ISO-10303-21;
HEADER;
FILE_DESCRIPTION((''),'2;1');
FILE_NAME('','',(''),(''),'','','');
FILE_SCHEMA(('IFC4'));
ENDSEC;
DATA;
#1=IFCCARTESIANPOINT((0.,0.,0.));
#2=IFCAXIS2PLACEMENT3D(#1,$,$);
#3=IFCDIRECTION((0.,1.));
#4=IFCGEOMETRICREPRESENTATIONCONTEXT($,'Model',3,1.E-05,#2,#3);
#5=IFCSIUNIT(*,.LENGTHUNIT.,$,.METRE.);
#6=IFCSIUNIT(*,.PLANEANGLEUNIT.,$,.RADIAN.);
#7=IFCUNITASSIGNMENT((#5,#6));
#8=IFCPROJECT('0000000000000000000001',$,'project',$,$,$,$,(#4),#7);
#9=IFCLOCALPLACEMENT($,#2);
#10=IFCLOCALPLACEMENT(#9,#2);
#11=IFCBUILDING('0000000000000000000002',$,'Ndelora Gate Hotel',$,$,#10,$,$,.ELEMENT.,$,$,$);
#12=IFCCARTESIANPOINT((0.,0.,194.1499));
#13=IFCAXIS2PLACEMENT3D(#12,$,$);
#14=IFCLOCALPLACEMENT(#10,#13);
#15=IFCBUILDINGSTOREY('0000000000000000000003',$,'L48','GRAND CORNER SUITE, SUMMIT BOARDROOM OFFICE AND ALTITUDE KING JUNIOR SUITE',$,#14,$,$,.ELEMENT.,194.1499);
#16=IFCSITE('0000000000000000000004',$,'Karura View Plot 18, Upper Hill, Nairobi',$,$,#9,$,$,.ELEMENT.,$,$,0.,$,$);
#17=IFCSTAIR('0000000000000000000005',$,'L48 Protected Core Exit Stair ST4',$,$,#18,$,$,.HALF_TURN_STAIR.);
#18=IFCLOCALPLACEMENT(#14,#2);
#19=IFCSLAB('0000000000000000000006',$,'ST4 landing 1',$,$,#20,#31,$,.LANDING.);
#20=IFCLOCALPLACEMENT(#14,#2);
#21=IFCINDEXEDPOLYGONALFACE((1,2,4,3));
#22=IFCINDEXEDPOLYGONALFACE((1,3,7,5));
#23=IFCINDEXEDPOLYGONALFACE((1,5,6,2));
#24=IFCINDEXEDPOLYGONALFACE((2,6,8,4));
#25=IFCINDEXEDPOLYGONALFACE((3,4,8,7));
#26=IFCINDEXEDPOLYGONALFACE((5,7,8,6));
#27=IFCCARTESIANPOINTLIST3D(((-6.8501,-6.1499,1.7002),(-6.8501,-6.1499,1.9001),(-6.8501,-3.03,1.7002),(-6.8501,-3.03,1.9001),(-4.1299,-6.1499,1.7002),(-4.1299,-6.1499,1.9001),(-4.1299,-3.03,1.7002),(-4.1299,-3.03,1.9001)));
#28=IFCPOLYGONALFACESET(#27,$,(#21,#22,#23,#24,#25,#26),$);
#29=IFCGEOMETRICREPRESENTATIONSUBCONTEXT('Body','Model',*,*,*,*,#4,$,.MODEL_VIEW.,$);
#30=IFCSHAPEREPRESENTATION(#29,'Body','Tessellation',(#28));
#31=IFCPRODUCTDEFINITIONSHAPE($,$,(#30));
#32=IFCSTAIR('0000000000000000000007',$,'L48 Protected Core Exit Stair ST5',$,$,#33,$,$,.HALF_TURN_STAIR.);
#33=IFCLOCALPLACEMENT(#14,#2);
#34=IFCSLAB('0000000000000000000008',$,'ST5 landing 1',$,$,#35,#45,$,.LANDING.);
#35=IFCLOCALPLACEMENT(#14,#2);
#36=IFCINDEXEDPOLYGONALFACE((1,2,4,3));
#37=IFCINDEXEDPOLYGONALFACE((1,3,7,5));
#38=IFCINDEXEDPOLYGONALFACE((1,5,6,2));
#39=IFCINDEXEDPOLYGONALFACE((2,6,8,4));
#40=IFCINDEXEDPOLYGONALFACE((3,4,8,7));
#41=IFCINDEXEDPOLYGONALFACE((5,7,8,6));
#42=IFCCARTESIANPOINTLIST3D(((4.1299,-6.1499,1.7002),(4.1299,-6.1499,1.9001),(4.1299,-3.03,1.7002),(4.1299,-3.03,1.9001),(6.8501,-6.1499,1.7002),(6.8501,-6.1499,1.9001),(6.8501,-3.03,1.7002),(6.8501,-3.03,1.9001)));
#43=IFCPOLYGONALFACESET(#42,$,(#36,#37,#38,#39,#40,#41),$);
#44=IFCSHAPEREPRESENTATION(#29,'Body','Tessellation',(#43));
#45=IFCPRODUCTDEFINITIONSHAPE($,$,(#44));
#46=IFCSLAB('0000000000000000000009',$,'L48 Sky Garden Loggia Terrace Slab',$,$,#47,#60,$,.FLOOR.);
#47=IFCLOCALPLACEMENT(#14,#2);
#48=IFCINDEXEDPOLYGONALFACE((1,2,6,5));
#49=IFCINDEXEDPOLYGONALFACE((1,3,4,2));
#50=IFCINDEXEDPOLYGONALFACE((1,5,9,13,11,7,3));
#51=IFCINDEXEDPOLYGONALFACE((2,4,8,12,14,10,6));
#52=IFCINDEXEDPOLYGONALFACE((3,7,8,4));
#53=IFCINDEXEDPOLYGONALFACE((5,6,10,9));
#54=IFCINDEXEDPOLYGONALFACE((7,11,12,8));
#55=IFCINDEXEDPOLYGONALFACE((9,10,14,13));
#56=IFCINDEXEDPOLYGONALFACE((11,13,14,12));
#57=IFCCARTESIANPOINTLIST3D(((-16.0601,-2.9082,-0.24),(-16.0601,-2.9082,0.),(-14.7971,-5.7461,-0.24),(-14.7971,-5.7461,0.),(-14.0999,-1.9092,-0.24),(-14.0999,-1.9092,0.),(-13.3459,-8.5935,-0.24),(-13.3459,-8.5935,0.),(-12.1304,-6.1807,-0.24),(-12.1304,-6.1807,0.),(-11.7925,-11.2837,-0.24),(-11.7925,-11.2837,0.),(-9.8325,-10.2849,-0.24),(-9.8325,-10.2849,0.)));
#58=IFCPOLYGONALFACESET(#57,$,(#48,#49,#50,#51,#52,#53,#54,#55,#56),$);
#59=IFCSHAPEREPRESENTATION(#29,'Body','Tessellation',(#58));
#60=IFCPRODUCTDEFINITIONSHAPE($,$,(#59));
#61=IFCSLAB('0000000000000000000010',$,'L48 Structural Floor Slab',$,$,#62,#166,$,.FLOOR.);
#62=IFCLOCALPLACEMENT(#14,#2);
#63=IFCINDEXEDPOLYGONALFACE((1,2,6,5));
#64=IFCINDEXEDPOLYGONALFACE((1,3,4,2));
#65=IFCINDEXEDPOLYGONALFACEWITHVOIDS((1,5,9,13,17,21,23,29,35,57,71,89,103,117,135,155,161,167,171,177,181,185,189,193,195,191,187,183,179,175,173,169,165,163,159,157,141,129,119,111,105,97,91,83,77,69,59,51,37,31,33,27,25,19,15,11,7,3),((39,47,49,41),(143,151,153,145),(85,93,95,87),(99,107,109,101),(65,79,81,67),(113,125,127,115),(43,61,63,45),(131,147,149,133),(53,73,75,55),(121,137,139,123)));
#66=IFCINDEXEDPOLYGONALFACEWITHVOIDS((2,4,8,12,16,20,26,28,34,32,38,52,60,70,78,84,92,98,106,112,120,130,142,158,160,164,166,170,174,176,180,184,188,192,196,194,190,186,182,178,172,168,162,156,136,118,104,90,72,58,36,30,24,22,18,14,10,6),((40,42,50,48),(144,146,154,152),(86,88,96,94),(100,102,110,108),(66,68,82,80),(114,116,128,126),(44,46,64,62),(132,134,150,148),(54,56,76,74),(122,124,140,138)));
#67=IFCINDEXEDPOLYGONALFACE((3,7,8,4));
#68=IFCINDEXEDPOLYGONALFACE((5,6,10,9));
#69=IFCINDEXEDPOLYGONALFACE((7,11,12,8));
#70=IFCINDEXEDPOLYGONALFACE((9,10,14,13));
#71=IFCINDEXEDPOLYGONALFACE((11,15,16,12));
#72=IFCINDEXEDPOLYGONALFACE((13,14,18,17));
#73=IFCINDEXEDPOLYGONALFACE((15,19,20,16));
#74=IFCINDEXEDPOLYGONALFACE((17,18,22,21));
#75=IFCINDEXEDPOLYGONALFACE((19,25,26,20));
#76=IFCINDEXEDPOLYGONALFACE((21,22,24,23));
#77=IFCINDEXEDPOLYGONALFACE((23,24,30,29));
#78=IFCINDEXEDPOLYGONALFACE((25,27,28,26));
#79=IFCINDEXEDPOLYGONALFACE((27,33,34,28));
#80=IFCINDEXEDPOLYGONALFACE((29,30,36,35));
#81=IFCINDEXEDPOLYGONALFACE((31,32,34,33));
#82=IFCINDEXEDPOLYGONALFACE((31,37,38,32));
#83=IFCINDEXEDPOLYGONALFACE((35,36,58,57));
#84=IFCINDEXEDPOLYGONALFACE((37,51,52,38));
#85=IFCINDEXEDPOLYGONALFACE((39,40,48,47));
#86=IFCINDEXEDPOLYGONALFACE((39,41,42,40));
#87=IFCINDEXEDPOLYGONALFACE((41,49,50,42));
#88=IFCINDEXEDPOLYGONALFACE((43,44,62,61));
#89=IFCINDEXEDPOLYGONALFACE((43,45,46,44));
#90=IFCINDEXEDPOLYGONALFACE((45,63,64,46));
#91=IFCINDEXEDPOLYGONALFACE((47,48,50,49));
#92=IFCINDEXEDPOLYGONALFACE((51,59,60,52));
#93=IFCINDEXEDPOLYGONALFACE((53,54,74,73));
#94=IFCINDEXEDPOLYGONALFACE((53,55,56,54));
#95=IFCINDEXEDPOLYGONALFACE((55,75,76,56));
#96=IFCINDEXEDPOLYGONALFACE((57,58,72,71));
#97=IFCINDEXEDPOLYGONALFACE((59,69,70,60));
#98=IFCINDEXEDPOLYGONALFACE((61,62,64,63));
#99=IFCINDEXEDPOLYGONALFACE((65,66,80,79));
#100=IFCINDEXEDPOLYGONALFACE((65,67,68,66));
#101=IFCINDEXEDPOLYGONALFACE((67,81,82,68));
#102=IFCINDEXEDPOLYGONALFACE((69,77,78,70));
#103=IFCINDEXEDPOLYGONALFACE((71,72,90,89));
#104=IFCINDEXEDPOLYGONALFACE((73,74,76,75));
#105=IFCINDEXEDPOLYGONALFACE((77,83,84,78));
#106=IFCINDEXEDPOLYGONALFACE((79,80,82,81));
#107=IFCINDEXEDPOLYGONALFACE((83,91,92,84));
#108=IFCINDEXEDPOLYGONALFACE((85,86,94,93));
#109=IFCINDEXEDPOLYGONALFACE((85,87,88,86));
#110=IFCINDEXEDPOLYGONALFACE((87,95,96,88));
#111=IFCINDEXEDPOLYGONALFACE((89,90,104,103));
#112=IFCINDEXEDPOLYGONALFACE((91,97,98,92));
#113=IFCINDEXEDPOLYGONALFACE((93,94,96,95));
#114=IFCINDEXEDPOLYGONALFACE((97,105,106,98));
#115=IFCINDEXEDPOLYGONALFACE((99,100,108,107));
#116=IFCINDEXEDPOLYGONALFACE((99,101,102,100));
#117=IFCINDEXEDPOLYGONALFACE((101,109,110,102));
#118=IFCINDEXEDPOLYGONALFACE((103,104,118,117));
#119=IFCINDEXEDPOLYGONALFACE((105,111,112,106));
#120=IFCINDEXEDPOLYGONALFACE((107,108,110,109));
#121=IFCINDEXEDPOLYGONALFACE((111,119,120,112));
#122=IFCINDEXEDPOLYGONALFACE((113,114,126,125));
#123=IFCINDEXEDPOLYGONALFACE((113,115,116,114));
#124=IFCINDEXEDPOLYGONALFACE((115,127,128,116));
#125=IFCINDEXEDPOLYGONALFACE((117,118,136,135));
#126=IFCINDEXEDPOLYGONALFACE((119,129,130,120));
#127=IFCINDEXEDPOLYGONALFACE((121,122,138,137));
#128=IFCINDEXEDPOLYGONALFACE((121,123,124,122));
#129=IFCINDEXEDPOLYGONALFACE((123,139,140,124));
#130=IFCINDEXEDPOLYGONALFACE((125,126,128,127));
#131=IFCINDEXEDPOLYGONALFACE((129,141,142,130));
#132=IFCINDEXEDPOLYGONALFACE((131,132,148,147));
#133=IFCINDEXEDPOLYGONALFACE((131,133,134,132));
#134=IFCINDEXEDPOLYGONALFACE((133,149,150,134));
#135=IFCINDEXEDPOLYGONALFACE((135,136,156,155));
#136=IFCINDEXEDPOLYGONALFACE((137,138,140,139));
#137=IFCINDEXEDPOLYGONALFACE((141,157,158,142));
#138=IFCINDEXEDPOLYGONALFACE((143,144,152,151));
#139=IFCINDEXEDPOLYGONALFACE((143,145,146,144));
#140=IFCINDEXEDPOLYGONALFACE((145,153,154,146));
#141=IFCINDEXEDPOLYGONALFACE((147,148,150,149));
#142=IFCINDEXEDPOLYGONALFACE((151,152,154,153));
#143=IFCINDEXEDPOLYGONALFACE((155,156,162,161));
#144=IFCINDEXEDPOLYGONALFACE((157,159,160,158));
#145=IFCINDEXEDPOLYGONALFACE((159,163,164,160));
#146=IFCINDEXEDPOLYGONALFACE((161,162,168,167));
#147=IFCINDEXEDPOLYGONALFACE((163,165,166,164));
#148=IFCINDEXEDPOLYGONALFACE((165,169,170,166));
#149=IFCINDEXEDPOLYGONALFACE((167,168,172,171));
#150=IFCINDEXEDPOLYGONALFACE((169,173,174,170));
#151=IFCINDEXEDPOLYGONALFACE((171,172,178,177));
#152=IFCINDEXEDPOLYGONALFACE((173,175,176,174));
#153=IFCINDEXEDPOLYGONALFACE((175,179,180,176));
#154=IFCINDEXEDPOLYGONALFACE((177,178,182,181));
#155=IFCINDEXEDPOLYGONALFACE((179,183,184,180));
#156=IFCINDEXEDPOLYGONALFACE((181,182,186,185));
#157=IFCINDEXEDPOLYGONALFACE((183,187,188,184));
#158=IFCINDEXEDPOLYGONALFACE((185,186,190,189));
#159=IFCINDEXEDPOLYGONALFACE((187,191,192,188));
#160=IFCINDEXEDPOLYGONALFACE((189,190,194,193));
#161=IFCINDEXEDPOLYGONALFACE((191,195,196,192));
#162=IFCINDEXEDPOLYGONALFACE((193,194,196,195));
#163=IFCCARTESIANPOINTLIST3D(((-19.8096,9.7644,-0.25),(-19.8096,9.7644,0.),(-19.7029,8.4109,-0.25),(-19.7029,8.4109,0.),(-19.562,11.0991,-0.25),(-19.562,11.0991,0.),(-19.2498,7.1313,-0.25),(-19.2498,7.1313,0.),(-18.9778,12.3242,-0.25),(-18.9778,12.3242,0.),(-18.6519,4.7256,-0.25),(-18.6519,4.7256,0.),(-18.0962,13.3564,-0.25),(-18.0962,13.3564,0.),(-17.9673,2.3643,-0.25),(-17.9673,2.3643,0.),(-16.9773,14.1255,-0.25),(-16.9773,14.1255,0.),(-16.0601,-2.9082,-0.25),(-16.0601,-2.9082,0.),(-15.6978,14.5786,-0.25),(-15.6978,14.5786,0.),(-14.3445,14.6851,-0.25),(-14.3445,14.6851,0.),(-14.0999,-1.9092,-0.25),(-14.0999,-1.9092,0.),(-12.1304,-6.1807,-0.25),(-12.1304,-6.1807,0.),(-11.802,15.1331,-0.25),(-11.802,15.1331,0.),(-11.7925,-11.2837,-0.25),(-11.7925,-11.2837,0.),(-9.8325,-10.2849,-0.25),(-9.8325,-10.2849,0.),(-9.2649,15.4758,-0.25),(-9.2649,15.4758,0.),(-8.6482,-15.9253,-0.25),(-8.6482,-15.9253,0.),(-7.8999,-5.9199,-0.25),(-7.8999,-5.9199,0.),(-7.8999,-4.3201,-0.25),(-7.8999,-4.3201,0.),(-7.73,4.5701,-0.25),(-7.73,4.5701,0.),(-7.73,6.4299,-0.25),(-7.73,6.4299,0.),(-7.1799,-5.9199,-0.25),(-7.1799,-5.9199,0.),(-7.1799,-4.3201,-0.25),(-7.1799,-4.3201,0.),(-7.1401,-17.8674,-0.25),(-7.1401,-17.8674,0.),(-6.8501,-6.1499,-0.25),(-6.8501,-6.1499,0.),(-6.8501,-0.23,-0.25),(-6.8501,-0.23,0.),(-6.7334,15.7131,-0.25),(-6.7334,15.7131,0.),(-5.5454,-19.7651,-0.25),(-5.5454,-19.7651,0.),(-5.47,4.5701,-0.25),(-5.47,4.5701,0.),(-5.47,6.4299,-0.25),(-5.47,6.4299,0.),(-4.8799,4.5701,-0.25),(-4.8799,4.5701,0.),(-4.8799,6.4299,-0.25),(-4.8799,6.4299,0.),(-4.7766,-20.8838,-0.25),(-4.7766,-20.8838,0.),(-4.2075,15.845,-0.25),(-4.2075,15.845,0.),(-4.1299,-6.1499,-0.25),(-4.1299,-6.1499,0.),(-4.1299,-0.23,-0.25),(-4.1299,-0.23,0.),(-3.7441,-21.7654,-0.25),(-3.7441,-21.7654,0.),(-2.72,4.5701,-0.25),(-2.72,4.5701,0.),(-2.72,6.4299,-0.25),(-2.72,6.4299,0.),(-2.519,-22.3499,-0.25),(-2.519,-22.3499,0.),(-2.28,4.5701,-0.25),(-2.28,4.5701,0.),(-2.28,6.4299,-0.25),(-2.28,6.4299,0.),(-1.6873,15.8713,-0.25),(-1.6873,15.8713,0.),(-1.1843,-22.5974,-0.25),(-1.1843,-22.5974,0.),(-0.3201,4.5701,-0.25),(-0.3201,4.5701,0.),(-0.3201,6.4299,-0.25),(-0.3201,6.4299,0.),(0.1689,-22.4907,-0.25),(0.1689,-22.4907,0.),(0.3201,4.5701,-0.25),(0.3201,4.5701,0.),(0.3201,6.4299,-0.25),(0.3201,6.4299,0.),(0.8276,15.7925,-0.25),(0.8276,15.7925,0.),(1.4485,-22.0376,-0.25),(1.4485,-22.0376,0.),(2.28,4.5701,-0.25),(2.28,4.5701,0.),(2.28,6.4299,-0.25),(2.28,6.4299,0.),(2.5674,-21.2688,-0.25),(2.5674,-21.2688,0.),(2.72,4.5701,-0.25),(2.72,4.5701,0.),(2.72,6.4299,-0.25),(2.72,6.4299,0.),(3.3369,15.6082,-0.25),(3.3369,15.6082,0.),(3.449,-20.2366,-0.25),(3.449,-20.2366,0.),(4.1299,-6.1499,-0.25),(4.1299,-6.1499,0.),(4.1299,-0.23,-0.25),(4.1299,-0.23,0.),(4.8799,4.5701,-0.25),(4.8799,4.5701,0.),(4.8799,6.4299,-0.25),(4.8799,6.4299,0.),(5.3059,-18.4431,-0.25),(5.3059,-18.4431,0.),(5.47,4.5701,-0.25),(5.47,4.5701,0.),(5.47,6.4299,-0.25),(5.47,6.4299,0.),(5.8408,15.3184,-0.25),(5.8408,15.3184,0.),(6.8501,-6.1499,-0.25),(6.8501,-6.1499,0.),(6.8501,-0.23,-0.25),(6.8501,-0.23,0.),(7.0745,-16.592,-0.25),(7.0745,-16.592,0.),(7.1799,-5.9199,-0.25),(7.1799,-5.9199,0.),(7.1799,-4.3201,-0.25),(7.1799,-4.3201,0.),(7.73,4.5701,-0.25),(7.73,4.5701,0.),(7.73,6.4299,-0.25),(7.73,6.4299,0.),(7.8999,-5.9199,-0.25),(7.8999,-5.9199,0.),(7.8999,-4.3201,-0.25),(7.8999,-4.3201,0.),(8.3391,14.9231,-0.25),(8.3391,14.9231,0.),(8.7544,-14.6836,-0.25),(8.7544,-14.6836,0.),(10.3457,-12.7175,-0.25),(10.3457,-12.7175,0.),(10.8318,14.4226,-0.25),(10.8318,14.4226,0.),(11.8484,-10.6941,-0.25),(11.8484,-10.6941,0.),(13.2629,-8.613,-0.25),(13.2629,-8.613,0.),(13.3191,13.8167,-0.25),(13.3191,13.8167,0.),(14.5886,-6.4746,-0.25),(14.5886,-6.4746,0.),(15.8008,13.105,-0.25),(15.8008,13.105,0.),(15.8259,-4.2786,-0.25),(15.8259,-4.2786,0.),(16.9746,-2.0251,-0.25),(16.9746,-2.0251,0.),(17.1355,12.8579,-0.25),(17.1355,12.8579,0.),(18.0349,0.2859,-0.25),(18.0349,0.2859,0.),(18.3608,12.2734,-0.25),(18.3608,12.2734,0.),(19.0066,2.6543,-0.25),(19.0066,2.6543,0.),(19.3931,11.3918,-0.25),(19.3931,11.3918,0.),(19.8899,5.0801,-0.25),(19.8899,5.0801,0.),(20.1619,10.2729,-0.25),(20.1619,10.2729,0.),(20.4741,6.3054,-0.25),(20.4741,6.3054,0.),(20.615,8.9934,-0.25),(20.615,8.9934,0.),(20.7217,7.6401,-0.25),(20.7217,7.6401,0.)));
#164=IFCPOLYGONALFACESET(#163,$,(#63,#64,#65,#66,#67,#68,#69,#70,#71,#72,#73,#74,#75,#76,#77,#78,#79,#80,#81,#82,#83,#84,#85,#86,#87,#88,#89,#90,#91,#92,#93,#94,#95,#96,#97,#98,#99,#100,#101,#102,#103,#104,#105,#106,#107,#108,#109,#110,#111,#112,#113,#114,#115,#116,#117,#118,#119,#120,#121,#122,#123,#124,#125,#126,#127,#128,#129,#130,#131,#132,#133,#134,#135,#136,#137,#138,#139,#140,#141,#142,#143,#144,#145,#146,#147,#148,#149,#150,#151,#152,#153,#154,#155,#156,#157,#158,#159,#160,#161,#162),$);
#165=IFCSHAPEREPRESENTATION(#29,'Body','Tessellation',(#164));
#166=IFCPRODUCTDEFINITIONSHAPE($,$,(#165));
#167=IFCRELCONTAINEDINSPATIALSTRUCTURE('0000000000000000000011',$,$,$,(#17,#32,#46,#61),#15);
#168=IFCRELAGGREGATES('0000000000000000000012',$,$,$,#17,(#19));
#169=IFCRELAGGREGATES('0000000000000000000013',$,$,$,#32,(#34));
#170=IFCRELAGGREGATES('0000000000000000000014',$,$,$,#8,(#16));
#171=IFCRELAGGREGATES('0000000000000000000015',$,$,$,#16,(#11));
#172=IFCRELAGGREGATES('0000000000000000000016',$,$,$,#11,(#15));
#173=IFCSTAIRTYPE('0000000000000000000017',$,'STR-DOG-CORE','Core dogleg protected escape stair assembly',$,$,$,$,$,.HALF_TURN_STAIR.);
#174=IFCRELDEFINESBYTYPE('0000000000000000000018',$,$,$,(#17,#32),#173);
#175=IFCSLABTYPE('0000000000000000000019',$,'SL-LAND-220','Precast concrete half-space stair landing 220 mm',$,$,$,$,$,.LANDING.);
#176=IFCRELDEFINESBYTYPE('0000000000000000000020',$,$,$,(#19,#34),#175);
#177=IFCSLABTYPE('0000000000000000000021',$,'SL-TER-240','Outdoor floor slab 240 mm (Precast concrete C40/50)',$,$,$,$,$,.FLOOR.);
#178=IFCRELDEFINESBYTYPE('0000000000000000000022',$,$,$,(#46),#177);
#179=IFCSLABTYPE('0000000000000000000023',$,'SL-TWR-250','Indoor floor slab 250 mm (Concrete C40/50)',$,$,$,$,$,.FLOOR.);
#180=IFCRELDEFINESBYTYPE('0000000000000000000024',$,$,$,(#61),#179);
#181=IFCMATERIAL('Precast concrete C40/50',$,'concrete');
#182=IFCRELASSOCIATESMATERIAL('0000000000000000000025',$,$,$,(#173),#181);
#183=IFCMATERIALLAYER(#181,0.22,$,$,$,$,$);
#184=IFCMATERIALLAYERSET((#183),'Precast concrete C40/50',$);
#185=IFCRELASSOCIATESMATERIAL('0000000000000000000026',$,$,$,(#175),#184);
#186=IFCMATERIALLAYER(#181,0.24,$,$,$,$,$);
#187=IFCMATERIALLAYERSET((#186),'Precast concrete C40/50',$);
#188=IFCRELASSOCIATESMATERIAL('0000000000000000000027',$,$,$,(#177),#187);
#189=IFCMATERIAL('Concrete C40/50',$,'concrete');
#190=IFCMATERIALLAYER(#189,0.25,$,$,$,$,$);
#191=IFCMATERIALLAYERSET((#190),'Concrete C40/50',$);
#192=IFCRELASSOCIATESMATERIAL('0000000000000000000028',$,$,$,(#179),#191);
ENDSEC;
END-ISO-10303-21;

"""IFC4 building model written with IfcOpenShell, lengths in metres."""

from ifc_helpers import new_model, si_unit, direction, frame, origin, place, context, subcontext, project, spatial, polyline, outline, extrude, material, layer, layer_set, type_object, element, aggregate, save


model = new_model("IFC4")

# Units and contexts
model_context = context("Model", 3, precision=1e-05, world=origin(), true_north=direction((0.0, 1.0)))
body_context = subcontext(model_context, "Body", "Model", "MODEL_VIEW")
ifc_project = project(units=[si_unit("LENGTHUNIT", "METRE"), si_unit("PLANEANGLEUNIT", "RADIAN")], contexts=[model_context])

# Site, building, storey
site_placement = place(None, origin())
site = spatial("IfcSite", under=ifc_project, at=site_placement, Name="Karura View Plot 18, Upper Hill, Nairobi", CompositionType="ELEMENT", RefElevation=0.0)
building_placement = place(site_placement, origin())
building = spatial("IfcBuilding", under=site, at=building_placement, Name="Ndelora Gate Hotel", CompositionType="ELEMENT")
storey_placement = place(building_placement, frame((0.0, 0.0, 194.1499)))
storey = spatial("IfcBuildingStorey", under=building, at=storey_placement, Name="L48", Description="GRAND CORNER SUITE, SUMMIT BOARDROOM OFFICE AND ALTITUDE KING JUNIOR SUITE", CompositionType="ELEMENT", Elevation=194.1499)

# Stairs, slabs
ifc_material_1 = material(Name="Precast concrete C40/50", Category="concrete")
stair_type = type_object("IfcStairType", Name="STR-DOG-CORE", Description="Core dogleg protected escape stair assembly", PredefinedType="HALF_TURN_STAIR", material=ifc_material_1)
stair_1_placement = place(storey_placement, origin())
stair_1 = element("IfcStair", 1, at=stair_1_placement, inside=storey, type_object=stair_type, Name="L48 Protected Core Exit Stair ST4", PredefinedType="HALF_TURN_STAIR")
ifc_layer_1 = layer(ifc_material_1, 0.22)
ifc_layer_set_1 = layer_set([ifc_layer_1], Name="Precast concrete C40/50")
slab_type_1 = type_object("IfcSlabType", Name="SL-LAND-220", Description="Precast concrete half-space stair landing 220 mm", PredefinedType="LANDING", material=ifc_layer_set_1)
slab_1_placement = place(storey_placement, frame((0.0, 0.0, 1.7002)))
slab_1 = element("IfcSlab", 2, at=slab_1_placement, type_object=slab_type_1, Name="ST4 landing 1", PredefinedType="LANDING", context=body_context, shape_type="SweptSolid", body=[
    extrude(outline(polyline([(-6.8501, -3.03), (-6.8501, -6.1499), (-4.1299, -6.1499), (-4.1299, -3.03), (-6.8501, -3.03)])), origin(), (0.0, 0.0, 1.0), 0.2),
])
aggregate(stair_1, [slab_1])
stair_2_placement = place(storey_placement, origin())
stair_2 = element("IfcStair", 3, at=stair_2_placement, inside=storey, type_object=stair_type, Name="L48 Protected Core Exit Stair ST5", PredefinedType="HALF_TURN_STAIR")
slab_2_placement = place(storey_placement, frame((0.0, 0.0, 1.7002)))
slab_2 = element("IfcSlab", 4, at=slab_2_placement, type_object=slab_type_1, Name="ST5 landing 1", PredefinedType="LANDING", context=body_context, shape_type="SweptSolid", body=[
    extrude(outline(polyline([(4.1299, -3.03), (4.1299, -6.1499), (6.8501, -6.1499), (6.8501, -3.03), (4.1299, -3.03)])), origin(), (0.0, 0.0, 1.0), 0.2),
])
aggregate(stair_2, [slab_2])

# Slabs
ifc_layer_2 = layer(ifc_material_1, 0.24)
ifc_layer_set_2 = layer_set([ifc_layer_2], Name="Precast concrete C40/50")
slab_type_2 = type_object("IfcSlabType", Name="SL-TER-240", Description="Outdoor floor slab 240 mm (Precast concrete C40/50)", PredefinedType="FLOOR", material=ifc_layer_set_2)
slab_3_placement = place(storey_placement, frame((0.0, 0.0, -0.24)))
element("IfcSlab", 5, at=slab_3_placement, inside=storey, type_object=slab_type_2, Name="L48 Sky Garden Loggia Terrace Slab", PredefinedType="FLOOR", context=body_context, shape_type="SweptSolid", body=[
    extrude(outline(polyline([(-14.0999, -1.9092), (-16.0601, -2.9082), (-14.7971, -5.7461), (-13.3459, -8.5935), (-11.7925, -11.2837), (-9.8325, -10.2849), (-12.1304, -6.1807), (-14.0999, -1.9092)])), origin(), (0.0, 0.0, 1.0), 0.24),
])
ifc_material_2 = material(Name="Concrete C40/50", Category="concrete")
ifc_layer_3 = layer(ifc_material_2, 0.25)
ifc_layer_set_3 = layer_set([ifc_layer_3], Name="Concrete C40/50")
slab_type_3 = type_object("IfcSlabType", Name="SL-TWR-250", Description="Indoor floor slab 250 mm (Concrete C40/50)", PredefinedType="FLOOR", material=ifc_layer_set_3)
slab_4_placement = place(storey_placement, frame((0.0, 0.0, -0.25)))
element("IfcSlab", 6, at=slab_4_placement, inside=storey, type_object=slab_type_3, Name="L48 Structural Floor Slab", PredefinedType="FLOOR", context=body_context, shape_type="SweptSolid", body=[
    extrude(outline(polyline([(-14.3445, 14.6851), (-15.6978, 14.5786), (-16.9773, 14.1255), (-18.0962, 13.3564), (-18.9778, 12.3242), (-19.562, 11.0991), (-19.8096, 9.7644), (-19.7029, 8.4109), (-19.2498, 7.1313), (-18.6519, 4.7256), (-17.9673, 2.3643), (-16.0601, -2.9082), (-14.0999, -1.9092), (-12.1304, -6.1807), (-9.8325, -10.2849), (-11.7925, -11.2837), (-8.6482, -15.9253), (-7.1401, -17.8674), (-5.5454, -19.7651), (-4.7766, -20.8838), (-3.7441, -21.7654), (-2.519, -22.3499), (-1.1843, -22.5974), (0.1689, -22.4907), (1.4485, -22.0376), (2.5674, -21.2688), (3.449, -20.2366), (5.3059, -18.4431), (7.0745, -16.592), (8.7544, -14.6836), (10.3457, -12.7175), (11.8484, -10.6941), (13.2629, -8.613), (14.5886, -6.4746), (15.8259, -4.2786), (16.9746, -2.0251), (18.0349, 0.2859), (19.0066, 2.6543), (19.8899, 5.0801), (20.4741, 6.3054), (20.7217, 7.6401), (20.615, 8.9934), (20.1619, 10.2729), (19.3931, 11.3918), (18.3608, 12.2734), (17.1355, 12.8579), (15.8008, 13.105), (13.3191, 13.8167), (10.8318, 14.4226), (8.3391, 14.9231), (5.8408, 15.3184), (3.3369, 15.6082), (0.8276, 15.7925), (-1.6873, 15.8713), (-4.2075, 15.845), (-6.7334, 15.7131), (-9.2649, 15.4758), (-11.802, 15.1331), (-14.3445, 14.6851)]), holes=[polyline([(-6.8501, -0.23), (-6.8501, -6.1499), (-4.1299, -6.1499), (-4.1299, -0.23), (-6.8501, -0.23)]), polyline([(4.1299, -0.23), (4.1299, -6.1499), (6.8501, -6.1499), (6.8501, -0.23), (4.1299, -0.23)]), polyline([(-7.73, 4.5701), (-5.47, 4.5701), (-5.47, 6.4299), (-7.73, 6.4299), (-7.73, 4.5701)]), polyline([(5.47, 4.5701), (7.73, 4.5701), (7.73, 6.4299), (5.47, 6.4299), (5.47, 4.5701)]), polyline([(-4.8799, 4.5701), (-2.72, 4.5701), (-2.72, 6.4299), (-4.8799, 6.4299), (-4.8799, 4.5701)]), polyline([(2.72, 4.5701), (4.8799, 4.5701), (4.8799, 6.4299), (2.72, 6.4299), (2.72, 4.5701)]), polyline([(-2.28, 4.5701), (-0.3201, 4.5701), (-0.3201, 6.4299), (-2.28, 6.4299), (-2.28, 4.5701)]), polyline([(0.3201, 4.5701), (2.28, 4.5701), (2.28, 6.4299), (0.3201, 6.4299), (0.3201, 4.5701)]), polyline([(-7.8999, -5.9199), (-7.1799, -5.9199), (-7.1799, -4.3201), (-7.8999, -4.3201), (-7.8999, -5.9199)]), polyline([(7.1799, -5.9199), (7.8999, -5.9199), (7.8999, -4.3201), (7.1799, -4.3201), (7.1799, -5.9199)])]), origin(), (0.0, 0.0, 1.0), 0.25),
])

save(model, "model.ifc")
